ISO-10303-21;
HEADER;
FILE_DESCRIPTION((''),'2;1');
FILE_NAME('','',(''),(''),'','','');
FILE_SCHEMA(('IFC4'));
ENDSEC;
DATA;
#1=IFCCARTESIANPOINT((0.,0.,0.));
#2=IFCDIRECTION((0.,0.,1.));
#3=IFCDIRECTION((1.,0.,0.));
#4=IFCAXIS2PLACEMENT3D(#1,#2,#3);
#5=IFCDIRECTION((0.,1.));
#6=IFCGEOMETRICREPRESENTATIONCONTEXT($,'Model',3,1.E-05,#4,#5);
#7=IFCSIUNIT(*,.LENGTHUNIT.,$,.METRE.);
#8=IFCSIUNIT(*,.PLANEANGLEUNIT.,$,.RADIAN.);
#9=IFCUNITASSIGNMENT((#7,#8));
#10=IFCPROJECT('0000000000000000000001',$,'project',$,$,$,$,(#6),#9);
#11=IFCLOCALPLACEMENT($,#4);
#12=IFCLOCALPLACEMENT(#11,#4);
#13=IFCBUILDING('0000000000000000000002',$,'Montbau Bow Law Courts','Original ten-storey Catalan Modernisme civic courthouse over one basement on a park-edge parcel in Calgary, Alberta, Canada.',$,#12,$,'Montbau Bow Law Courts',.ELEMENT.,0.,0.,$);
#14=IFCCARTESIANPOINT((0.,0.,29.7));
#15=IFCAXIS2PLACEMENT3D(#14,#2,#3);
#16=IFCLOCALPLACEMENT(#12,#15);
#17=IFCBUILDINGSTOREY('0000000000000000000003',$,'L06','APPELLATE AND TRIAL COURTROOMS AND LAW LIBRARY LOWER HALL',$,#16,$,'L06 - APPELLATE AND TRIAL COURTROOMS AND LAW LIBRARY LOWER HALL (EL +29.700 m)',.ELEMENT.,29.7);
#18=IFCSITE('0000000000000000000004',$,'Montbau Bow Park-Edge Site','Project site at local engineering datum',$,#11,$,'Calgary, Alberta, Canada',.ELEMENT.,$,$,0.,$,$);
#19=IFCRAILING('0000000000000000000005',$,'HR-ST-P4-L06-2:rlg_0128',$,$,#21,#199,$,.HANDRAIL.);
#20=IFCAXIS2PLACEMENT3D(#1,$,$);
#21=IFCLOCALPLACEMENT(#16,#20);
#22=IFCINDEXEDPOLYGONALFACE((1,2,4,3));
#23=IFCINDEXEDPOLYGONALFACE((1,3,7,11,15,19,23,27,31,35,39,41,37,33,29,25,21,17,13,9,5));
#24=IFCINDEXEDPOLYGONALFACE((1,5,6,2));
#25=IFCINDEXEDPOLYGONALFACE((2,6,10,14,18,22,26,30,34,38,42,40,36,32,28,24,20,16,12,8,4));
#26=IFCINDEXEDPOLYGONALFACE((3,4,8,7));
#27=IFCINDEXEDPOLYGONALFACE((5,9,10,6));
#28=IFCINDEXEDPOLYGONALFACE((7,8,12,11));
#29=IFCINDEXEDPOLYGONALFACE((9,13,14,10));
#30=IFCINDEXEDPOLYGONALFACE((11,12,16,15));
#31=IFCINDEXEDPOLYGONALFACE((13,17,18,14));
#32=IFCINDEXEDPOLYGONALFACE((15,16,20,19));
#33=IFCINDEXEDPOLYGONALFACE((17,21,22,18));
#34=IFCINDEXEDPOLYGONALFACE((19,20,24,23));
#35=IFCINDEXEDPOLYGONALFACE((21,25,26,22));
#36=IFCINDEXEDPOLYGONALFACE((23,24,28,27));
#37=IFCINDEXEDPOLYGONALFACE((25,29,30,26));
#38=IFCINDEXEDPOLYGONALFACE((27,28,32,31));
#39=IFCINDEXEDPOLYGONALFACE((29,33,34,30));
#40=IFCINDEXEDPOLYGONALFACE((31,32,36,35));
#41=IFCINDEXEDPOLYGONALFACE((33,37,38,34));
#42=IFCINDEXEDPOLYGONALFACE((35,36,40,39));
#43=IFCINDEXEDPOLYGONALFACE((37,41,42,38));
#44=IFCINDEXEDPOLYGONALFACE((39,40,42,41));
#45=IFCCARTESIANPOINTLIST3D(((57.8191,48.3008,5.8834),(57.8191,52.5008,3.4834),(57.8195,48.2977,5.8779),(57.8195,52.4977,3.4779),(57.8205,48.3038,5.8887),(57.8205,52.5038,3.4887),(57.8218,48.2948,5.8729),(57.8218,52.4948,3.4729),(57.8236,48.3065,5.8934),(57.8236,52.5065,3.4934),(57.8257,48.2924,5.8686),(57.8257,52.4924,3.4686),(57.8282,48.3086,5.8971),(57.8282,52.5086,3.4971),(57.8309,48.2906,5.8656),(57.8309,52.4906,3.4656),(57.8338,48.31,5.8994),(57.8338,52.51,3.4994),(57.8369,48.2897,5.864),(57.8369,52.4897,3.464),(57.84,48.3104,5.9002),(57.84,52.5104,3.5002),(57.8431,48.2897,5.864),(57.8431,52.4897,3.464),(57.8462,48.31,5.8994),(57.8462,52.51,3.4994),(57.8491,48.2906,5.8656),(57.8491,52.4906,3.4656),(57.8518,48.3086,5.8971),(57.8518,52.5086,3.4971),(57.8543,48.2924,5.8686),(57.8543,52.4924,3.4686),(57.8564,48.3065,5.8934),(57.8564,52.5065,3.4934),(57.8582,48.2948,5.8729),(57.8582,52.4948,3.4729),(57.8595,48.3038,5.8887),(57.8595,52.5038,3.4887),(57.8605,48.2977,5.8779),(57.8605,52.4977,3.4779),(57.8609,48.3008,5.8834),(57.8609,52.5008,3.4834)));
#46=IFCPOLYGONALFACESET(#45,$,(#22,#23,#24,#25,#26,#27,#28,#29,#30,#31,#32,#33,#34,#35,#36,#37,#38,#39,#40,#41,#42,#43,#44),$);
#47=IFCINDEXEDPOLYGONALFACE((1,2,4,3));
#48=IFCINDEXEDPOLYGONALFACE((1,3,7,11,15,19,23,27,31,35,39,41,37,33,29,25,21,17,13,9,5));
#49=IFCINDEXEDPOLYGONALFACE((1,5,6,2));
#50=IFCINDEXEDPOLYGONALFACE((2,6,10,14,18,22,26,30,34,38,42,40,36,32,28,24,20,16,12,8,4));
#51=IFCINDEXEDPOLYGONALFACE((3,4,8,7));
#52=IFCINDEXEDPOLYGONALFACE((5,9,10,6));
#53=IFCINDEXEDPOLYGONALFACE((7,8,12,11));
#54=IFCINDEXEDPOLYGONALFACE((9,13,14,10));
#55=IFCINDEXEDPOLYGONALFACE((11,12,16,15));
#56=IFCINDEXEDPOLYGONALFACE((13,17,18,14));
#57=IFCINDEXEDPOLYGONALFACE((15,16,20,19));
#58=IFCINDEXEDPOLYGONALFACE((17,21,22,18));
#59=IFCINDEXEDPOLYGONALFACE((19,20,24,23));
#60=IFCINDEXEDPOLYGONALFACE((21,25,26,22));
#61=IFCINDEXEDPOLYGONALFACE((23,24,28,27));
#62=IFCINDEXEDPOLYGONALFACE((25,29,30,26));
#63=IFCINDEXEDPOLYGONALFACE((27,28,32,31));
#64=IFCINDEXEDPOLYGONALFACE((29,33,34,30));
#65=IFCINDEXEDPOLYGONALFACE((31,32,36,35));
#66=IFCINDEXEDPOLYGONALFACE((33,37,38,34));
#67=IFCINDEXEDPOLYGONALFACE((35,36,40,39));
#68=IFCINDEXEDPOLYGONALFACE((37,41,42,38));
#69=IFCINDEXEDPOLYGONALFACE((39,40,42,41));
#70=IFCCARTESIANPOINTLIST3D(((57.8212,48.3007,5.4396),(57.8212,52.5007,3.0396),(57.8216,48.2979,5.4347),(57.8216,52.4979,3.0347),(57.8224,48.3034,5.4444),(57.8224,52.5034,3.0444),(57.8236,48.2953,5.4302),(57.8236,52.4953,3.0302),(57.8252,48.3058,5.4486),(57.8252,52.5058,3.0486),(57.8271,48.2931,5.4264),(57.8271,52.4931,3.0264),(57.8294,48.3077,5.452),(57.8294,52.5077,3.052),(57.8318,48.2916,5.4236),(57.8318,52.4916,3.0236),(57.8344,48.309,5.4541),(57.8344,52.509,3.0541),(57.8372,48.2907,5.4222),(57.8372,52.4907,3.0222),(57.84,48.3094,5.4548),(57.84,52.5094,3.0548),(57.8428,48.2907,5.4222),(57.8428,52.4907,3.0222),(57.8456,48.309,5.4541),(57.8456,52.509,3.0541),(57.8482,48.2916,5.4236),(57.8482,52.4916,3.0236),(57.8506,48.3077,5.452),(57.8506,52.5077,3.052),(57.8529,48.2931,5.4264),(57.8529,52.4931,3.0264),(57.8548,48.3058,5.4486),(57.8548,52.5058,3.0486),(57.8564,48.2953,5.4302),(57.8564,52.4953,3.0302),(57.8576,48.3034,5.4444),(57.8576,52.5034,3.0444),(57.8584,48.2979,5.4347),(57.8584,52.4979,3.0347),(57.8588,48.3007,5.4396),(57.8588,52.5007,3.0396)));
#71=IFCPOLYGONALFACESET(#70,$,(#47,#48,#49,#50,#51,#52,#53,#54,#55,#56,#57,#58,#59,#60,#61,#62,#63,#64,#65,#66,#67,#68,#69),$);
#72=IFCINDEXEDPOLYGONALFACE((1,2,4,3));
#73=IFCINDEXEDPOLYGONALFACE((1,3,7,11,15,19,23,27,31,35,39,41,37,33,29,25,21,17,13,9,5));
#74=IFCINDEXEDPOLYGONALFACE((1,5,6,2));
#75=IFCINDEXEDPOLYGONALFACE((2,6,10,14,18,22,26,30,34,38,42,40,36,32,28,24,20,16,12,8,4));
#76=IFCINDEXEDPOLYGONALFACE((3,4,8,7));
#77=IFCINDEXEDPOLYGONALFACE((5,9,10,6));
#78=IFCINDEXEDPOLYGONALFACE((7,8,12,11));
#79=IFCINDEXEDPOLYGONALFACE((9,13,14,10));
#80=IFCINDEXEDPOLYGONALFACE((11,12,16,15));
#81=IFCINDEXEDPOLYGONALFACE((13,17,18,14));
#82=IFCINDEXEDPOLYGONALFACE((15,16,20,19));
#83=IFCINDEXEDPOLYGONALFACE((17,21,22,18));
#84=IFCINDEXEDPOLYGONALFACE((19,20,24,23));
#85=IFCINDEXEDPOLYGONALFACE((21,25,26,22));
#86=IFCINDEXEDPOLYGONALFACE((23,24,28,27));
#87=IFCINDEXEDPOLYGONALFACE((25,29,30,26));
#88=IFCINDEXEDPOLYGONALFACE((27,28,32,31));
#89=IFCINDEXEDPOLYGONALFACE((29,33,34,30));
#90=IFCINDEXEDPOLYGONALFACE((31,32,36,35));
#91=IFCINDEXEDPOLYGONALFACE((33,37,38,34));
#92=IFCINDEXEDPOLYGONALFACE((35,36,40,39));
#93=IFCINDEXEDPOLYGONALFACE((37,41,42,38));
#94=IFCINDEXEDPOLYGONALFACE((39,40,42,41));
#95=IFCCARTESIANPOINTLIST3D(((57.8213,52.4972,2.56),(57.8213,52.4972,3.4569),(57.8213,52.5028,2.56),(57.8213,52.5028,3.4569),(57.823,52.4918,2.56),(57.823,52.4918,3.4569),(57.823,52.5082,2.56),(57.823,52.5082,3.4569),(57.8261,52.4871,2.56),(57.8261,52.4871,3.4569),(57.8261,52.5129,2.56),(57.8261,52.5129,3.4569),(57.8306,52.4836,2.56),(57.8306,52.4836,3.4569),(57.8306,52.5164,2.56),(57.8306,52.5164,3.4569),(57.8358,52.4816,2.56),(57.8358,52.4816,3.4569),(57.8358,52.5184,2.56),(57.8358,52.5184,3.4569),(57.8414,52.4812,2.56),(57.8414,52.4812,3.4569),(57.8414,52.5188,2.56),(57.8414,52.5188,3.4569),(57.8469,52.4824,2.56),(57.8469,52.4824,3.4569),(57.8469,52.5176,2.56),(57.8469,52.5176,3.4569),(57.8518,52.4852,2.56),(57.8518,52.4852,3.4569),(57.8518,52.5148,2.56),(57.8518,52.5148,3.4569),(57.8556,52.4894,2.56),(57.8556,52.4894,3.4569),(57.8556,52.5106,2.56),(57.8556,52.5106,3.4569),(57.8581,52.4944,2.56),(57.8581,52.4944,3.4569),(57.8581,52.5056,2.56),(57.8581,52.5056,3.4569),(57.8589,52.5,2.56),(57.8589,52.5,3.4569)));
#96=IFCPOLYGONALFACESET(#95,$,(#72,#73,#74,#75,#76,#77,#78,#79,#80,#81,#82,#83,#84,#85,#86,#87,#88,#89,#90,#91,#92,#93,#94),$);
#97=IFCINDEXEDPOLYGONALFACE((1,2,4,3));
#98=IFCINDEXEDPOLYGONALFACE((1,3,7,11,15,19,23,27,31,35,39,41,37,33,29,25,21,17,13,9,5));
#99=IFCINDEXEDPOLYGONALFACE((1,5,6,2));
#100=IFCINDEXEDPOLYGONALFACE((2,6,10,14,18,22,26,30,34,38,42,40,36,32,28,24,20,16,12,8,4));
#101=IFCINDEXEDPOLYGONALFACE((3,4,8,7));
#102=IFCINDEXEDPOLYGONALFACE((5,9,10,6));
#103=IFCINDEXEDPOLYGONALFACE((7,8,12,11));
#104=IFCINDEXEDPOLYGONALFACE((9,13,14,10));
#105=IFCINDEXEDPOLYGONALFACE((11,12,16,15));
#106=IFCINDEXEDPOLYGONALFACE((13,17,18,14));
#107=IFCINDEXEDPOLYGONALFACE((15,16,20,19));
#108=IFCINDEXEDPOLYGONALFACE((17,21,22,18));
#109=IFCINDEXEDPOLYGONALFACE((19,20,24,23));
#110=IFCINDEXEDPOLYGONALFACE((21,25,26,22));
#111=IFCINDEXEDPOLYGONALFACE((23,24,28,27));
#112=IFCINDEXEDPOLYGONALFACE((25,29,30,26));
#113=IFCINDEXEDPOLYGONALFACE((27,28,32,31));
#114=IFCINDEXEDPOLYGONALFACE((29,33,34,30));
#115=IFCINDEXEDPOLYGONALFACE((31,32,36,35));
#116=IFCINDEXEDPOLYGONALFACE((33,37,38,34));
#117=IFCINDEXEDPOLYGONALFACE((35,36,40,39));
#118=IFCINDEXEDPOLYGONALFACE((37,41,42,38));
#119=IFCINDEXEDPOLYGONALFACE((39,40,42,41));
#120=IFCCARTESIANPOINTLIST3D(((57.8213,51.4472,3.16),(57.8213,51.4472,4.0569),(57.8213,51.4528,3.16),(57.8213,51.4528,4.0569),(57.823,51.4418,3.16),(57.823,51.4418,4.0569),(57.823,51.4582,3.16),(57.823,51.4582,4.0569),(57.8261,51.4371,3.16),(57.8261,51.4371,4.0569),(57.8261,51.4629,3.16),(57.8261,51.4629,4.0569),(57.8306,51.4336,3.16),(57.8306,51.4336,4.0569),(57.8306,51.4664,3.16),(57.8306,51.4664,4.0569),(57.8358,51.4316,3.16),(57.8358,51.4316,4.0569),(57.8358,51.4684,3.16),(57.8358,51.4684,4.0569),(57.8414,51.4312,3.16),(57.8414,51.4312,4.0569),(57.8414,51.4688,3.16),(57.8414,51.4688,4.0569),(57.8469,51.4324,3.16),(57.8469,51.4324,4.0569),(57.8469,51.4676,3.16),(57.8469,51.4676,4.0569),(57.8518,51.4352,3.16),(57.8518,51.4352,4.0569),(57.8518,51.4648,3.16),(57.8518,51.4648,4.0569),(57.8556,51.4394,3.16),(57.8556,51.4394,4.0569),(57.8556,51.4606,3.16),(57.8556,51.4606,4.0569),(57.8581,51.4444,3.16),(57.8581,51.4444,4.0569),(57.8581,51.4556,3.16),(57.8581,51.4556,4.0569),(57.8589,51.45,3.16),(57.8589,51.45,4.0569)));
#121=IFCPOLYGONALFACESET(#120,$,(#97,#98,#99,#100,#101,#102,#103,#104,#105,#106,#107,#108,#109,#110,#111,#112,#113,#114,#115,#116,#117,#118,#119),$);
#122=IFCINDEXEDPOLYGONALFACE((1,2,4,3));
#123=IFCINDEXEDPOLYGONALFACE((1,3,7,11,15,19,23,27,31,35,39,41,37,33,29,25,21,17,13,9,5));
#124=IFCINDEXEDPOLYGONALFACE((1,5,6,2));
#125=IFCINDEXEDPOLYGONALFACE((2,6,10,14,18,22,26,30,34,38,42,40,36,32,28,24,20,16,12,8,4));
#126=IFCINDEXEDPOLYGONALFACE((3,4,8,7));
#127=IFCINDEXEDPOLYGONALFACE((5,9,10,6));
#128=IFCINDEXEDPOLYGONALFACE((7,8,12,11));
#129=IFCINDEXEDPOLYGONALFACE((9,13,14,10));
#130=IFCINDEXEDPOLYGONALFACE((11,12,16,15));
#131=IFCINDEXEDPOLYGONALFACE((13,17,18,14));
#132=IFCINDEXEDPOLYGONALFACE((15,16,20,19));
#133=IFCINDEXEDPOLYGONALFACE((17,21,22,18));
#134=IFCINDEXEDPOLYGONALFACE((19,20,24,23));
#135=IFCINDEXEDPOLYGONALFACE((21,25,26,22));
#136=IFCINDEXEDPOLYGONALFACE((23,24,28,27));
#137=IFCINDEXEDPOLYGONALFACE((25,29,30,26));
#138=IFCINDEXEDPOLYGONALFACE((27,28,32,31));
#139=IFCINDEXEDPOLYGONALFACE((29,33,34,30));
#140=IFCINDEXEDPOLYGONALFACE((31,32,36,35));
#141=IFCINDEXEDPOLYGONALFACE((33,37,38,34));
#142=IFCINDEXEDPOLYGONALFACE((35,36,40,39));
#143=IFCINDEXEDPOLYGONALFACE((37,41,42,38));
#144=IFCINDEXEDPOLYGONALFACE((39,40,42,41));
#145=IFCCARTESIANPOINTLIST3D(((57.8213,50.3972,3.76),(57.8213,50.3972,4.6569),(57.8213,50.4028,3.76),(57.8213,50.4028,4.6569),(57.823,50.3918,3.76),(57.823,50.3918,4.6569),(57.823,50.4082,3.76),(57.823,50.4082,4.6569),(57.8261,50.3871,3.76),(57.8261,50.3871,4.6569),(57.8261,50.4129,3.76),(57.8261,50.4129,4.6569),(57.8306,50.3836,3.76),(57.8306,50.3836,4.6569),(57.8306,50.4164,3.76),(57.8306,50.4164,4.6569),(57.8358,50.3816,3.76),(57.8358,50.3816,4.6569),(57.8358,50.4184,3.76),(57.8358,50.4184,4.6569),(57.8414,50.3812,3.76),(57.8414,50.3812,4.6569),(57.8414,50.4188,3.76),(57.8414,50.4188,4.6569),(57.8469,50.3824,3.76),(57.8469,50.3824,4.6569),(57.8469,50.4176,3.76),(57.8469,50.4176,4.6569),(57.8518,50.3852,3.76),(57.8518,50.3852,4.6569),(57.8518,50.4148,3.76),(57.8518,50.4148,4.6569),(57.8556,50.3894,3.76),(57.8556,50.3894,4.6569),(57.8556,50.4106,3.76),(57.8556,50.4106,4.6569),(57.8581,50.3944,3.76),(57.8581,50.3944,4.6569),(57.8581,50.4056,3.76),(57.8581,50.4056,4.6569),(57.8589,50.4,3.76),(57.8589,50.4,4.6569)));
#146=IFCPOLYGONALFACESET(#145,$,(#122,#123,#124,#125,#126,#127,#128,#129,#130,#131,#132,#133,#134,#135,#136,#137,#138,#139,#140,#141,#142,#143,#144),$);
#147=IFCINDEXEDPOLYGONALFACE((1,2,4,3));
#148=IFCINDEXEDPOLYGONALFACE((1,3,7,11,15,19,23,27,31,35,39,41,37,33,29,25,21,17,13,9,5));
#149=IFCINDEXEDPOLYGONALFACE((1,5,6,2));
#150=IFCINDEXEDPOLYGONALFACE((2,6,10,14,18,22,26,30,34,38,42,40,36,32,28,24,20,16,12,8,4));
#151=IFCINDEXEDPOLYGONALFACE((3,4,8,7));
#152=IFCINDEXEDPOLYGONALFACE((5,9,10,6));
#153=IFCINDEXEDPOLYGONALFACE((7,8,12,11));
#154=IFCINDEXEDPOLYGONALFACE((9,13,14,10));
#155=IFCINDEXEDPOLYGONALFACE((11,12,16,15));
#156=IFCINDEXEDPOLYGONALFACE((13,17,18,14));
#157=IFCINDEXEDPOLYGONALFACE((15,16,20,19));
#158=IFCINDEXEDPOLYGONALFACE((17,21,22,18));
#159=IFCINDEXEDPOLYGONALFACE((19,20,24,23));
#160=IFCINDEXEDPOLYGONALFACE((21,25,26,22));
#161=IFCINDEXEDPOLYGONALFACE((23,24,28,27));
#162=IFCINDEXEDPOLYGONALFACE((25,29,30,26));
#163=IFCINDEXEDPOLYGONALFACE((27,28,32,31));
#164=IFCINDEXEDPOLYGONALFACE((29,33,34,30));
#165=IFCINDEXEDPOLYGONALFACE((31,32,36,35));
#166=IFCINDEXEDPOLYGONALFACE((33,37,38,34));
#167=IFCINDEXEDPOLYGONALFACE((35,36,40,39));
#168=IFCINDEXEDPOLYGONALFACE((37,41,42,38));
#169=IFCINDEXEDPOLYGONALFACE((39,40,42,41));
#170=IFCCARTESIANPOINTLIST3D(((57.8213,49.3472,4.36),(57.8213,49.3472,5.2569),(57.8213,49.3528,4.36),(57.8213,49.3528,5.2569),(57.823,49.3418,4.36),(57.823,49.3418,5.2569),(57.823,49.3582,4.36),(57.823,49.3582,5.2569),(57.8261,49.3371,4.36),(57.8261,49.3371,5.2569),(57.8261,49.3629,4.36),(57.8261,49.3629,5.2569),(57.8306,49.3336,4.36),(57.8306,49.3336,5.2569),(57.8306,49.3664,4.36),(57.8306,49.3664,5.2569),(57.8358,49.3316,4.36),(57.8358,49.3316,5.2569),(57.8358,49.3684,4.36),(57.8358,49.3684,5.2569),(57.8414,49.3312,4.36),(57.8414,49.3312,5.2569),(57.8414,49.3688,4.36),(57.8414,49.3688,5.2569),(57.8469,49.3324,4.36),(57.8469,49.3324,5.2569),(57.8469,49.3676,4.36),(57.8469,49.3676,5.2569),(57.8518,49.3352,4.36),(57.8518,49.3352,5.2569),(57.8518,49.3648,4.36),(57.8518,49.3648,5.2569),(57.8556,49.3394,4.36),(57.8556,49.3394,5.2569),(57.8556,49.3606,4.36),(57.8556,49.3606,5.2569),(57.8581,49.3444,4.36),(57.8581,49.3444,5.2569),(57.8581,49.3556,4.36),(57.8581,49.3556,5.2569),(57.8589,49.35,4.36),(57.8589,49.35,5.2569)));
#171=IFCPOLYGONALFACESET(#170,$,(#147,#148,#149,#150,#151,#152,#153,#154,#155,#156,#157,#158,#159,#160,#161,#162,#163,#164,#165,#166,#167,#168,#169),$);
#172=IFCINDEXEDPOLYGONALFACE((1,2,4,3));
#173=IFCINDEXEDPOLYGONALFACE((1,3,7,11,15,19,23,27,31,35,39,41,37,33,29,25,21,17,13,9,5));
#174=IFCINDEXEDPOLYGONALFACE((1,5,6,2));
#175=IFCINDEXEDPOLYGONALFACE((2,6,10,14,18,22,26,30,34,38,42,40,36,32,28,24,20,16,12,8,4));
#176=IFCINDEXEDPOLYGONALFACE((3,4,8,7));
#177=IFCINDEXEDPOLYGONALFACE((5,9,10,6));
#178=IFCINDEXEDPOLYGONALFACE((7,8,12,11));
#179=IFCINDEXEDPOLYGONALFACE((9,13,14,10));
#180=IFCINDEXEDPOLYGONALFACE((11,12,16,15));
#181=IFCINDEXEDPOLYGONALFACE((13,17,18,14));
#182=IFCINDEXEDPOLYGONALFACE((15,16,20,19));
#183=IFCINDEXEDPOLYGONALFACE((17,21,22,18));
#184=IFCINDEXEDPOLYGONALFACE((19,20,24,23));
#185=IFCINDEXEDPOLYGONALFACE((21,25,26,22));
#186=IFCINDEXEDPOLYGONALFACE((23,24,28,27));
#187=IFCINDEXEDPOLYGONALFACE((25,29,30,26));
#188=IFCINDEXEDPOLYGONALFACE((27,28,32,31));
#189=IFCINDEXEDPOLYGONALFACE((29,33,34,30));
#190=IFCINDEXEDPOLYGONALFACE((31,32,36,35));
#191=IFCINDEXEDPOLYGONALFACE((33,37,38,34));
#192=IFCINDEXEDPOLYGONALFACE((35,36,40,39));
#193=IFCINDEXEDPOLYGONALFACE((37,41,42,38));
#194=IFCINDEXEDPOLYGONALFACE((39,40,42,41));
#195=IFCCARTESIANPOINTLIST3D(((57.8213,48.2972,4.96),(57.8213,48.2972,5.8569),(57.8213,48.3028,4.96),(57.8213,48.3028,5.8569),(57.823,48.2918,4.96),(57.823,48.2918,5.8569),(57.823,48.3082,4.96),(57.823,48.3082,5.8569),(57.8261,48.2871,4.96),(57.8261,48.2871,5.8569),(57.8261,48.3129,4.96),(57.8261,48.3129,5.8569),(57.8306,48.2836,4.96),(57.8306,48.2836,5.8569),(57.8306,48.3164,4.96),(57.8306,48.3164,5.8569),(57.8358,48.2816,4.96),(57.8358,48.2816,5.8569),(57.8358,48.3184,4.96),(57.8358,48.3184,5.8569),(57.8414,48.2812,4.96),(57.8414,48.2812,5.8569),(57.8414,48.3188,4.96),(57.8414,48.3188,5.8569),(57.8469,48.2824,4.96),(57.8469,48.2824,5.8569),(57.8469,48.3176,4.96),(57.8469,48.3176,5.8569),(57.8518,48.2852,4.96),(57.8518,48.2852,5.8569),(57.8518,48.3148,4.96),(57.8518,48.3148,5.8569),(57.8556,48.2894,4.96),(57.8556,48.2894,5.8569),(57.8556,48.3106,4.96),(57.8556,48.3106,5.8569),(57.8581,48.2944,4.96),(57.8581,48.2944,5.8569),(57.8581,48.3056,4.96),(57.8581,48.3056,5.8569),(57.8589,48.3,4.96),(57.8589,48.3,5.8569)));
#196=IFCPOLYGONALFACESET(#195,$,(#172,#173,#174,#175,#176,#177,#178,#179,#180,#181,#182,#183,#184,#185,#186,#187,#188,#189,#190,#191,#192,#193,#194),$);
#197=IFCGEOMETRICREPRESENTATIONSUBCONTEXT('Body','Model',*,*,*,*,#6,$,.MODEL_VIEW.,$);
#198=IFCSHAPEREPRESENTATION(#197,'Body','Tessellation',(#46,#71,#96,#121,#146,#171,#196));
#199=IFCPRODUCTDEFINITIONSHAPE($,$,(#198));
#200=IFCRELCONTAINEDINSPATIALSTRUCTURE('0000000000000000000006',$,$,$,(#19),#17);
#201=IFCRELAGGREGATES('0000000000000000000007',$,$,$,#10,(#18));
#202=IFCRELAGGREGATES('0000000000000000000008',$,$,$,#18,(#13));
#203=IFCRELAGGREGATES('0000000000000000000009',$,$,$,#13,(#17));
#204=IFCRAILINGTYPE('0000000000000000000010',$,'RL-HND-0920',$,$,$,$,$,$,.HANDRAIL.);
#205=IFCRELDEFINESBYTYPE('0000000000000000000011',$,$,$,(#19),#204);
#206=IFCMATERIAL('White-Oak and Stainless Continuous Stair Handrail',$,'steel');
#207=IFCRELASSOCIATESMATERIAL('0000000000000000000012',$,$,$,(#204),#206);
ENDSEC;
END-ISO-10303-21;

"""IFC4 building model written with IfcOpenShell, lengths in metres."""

from ifc_helpers import new_model, si_unit, direction, frame, origin_with_axes, origin_2d_with_axis, place, context, subcontext, project, spatial, circle, extrude, material, type_object, element, save


model = new_model("IFC4")

# Units and contexts
model_context = context("Model", 3, precision=1e-05, world=origin_with_axes(), true_north=direction((0.0, 1.0)))
body_context = subcontext(model_context, "Body", "Model", "MODEL_VIEW")
ifc_project = project(units=[si_unit("LENGTHUNIT", "METRE"), si_unit("PLANEANGLEUNIT", "RADIAN")], contexts=[model_context])

# Site, building, storey
site_placement = place(None, origin_with_axes())
site = spatial("IfcSite", under=ifc_project, at=site_placement, Name="Montbau Bow Park-Edge Site", Description="Project site at local engineering datum", LongName="Calgary, Alberta, Canada", CompositionType="ELEMENT", RefElevation=0.0)
building_placement = place(site_placement, origin_with_axes())
building = spatial("IfcBuilding", under=site, at=building_placement, Name="Montbau Bow Law Courts", Description="Original ten-storey Catalan Modernisme civic courthouse over one basement on a park-edge parcel in Calgary, Alberta, Canada.", LongName="Montbau Bow Law Courts", CompositionType="ELEMENT", ElevationOfRefHeight=0.0, ElevationOfTerrain=0.0)
storey_placement = place(building_placement, frame((0.0, 0.0, 29.7), z_axis=(0.0, 0.0, 1.0), x_axis=(1.0, 0.0, 0.0)))
storey = spatial("IfcBuildingStorey", under=building, at=storey_placement, Name="L06", Description="APPELLATE AND TRIAL COURTROOMS AND LAW LIBRARY LOWER HALL", LongName="L06 - APPELLATE AND TRIAL COURTROOMS AND LAW LIBRARY LOWER HALL (EL +29.700 m)", CompositionType="ELEMENT", Elevation=29.7)

# Railing
ifc_material_1 = material(Name="White-Oak and Stainless Continuous Stair Handrail", Category="steel")
railing_type_1 = type_object("IfcRailingType", Name="RL-HND-0920", PredefinedType="HANDRAIL", material=ifc_material_1)
railing_1_placement = place(None, origin_with_axes())
element("IfcRailing", 1, at=railing_1_placement, inside=storey, type_object=railing_type_1, Name="HR-ST-P4-L06-2:rlg_0128", PredefinedType="HANDRAIL", context=body_context, shape_type="SweptSolid", body=[
    extrude(circle(Radius=0.021, at=origin_2d_with_axis()), frame((57.84, 52.5, 33.182), z_axis=(0.0, -0.868243, 0.496139), x_axis=(0.0, 0.496139, 0.868243)), (0.0, 0.0, 1.0), 4.8374),
    extrude(circle(Radius=0.0189, at=origin_2d_with_axis()), frame((57.84, 52.5, 32.7384), z_axis=(0.0, -0.868243, 0.496139), x_axis=(0.0, 0.496139, 0.868243)), (0.0, 0.0, 1.0), 4.8374),
    extrude(circle(Radius=0.0189, at=origin_2d_with_axis()), frame((57.84, 52.5, 32.26), z_axis=(0.0, 0.0, 1.0), x_axis=(1.0, 0.0, 0.0)), (0.0, 0.0, 1.0), 0.8969),
    extrude(circle(Radius=0.0189, at=origin_2d_with_axis()), frame((57.84, 51.45, 32.86), z_axis=(0.0, 0.0, 1.0), x_axis=(1.0, 0.0, 0.0)), (0.0, 0.0, 1.0), 0.8969),
    extrude(circle(Radius=0.0189, at=origin_2d_with_axis()), frame((57.84, 50.4, 33.46), z_axis=(0.0, 0.0, 1.0), x_axis=(1.0, 0.0, 0.0)), (0.0, 0.0, 1.0), 0.8969),
    extrude(circle(Radius=0.0189, at=origin_2d_with_axis()), frame((57.84, 49.35, 34.06), z_axis=(0.0, 0.0, 1.0), x_axis=(1.0, 0.0, 0.0)), (0.0, 0.0, 1.0), 0.8969),
    extrude(circle(Radius=0.0189, at=origin_2d_with_axis()), frame((57.84, 48.3, 34.66), z_axis=(0.0, 0.0, 1.0), x_axis=(1.0, 0.0, 0.0)), (0.0, 0.0, 1.0), 0.8969),
])

save(model, "model.ifc")
